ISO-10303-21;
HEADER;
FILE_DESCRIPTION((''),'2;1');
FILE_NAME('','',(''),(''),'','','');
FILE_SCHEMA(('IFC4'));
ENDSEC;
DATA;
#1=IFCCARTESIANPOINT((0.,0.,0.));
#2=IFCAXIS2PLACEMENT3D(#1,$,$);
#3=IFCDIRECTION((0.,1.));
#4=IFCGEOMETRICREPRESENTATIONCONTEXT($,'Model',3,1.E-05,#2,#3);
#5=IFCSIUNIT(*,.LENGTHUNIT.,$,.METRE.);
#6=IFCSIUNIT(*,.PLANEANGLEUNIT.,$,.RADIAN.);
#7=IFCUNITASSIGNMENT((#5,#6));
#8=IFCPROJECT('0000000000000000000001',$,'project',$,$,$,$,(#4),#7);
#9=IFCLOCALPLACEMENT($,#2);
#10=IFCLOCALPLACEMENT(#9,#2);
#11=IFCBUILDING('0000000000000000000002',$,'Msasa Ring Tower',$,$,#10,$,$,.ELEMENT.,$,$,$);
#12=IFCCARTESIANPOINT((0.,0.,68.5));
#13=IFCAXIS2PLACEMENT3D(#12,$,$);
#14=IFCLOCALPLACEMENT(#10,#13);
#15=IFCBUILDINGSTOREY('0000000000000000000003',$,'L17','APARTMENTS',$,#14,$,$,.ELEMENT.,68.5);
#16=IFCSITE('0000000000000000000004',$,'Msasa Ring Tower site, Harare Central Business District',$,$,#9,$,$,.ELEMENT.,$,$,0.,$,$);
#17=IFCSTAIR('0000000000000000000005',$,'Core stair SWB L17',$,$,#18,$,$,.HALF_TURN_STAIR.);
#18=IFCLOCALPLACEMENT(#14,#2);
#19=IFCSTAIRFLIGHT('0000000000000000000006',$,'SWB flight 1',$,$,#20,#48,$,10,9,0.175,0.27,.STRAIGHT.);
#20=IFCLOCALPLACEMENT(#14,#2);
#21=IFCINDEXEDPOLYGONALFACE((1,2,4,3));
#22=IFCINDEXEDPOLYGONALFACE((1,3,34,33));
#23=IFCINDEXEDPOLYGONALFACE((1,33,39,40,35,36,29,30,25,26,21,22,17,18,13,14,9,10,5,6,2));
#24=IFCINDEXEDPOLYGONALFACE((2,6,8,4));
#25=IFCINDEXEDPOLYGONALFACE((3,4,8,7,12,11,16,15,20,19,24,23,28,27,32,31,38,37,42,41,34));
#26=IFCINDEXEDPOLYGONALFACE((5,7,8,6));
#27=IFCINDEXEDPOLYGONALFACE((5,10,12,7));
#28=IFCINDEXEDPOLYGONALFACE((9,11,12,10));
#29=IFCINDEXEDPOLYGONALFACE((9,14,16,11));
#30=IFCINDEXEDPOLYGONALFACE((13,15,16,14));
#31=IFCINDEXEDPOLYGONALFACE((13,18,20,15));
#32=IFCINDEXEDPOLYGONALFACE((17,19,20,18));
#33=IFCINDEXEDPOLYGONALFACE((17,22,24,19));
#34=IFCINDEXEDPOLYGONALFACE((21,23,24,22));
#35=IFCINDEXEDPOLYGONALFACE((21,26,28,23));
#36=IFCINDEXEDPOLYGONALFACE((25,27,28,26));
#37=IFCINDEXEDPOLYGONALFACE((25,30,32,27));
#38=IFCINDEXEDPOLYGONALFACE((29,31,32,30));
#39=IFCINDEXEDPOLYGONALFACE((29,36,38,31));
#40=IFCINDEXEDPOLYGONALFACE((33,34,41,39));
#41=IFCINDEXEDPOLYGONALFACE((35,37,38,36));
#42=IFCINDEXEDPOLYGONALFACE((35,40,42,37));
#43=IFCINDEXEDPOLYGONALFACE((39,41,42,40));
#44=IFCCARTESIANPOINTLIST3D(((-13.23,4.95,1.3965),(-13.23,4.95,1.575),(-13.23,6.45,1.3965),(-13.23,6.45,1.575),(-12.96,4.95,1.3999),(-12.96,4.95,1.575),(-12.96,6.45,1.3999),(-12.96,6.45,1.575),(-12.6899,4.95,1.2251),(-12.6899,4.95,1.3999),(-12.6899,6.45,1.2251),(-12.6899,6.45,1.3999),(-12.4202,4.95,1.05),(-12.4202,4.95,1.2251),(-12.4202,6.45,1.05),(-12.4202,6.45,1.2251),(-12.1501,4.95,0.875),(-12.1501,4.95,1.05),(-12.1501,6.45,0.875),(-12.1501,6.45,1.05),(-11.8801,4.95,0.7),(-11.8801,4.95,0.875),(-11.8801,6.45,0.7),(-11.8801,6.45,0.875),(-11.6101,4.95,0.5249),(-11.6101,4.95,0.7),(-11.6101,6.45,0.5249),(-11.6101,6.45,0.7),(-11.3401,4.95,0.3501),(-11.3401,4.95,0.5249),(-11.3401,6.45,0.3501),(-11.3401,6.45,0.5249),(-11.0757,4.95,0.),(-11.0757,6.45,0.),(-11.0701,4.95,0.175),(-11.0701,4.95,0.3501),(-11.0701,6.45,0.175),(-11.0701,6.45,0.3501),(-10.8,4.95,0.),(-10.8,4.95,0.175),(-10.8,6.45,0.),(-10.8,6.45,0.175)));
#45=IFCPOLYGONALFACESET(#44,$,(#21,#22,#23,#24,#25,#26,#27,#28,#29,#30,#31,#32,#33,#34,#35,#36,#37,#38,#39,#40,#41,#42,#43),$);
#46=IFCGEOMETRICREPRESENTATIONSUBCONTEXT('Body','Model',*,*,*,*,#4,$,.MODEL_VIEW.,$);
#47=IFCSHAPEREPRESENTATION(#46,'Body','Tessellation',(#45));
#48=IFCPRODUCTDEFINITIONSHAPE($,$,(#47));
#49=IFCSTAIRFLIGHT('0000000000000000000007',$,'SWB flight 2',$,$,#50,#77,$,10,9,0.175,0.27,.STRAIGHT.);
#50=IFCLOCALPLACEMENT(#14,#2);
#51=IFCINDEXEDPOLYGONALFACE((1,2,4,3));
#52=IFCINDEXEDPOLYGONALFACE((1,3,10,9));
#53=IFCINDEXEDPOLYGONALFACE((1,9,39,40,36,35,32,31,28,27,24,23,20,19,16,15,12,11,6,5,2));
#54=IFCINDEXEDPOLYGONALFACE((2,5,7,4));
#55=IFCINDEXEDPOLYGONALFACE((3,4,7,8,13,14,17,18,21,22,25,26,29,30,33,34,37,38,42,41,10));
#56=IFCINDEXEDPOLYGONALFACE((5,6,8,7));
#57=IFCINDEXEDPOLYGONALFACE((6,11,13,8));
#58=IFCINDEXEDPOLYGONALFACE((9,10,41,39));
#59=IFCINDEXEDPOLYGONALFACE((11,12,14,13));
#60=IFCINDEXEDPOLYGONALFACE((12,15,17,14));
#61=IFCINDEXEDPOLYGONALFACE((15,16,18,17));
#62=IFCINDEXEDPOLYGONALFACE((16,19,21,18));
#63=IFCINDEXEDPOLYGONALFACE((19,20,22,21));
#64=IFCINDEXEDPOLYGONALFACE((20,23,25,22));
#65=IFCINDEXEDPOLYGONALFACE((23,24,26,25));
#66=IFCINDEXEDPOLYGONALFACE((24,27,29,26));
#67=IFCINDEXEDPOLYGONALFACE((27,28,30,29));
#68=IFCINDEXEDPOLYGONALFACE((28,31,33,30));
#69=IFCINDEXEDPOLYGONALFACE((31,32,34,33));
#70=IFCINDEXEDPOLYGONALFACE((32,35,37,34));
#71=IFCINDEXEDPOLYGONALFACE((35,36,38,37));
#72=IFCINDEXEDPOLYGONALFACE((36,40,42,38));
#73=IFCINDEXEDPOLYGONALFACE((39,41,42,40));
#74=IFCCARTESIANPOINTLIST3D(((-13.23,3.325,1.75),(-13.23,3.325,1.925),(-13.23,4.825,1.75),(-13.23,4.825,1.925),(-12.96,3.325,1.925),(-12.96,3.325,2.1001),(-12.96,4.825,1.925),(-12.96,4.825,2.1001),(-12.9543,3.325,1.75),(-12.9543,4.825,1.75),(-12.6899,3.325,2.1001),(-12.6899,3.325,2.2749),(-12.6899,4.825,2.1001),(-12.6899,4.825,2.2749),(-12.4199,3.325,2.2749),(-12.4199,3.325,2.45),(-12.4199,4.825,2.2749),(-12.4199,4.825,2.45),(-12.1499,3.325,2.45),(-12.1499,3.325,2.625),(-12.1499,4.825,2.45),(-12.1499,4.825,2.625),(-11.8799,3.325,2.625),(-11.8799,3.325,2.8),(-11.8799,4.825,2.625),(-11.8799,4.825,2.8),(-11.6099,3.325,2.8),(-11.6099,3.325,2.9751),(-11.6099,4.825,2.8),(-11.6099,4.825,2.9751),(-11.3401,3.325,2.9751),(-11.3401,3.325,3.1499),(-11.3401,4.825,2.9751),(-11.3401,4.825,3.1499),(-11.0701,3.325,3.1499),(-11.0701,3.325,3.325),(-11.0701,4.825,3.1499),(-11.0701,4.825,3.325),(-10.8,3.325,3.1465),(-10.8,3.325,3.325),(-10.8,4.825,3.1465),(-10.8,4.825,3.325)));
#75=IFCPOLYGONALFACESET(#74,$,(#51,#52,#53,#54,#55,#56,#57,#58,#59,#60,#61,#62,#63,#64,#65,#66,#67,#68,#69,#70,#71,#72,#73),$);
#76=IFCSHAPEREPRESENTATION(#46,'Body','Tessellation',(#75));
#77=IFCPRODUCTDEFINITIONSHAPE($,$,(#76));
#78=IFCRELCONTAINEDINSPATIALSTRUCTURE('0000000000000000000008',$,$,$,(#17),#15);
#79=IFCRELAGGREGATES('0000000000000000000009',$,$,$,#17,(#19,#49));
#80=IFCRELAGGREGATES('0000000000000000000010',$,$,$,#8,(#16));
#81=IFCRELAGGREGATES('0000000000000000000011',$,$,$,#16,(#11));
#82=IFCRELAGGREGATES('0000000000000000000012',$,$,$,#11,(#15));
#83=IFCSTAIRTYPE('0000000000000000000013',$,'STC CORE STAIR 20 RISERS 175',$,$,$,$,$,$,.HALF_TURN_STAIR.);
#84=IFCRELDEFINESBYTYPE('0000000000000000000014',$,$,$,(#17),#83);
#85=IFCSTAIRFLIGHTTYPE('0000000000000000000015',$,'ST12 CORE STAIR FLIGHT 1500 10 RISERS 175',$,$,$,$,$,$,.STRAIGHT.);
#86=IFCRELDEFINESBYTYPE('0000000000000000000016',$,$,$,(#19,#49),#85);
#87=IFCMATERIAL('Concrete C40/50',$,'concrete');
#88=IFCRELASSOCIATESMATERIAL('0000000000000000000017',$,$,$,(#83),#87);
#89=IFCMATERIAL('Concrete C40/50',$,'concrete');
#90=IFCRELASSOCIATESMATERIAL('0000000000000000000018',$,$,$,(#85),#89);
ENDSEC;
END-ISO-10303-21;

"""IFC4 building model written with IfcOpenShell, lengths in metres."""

from ifc_helpers import new_model, si_unit, direction, frame, origin, place, context, subcontext, project, spatial, polyline, outline, extrude, material, type_object, element, aggregate, save


model = new_model("IFC4")

# Units and contexts
model_context = context("Model", 3, precision=1e-05, world=origin(), true_north=direction((0.0, 1.0)))
body_context = subcontext(model_context, "Body", "Model", "MODEL_VIEW")
ifc_project = project(units=[si_unit("LENGTHUNIT", "METRE"), si_unit("PLANEANGLEUNIT", "RADIAN")], contexts=[model_context])

# Site, building, storey
site_placement = place(None, origin())
site = spatial("IfcSite", under=ifc_project, at=site_placement, Name="Msasa Ring Tower site, Harare Central Business District", CompositionType="ELEMENT", RefElevation=0.0)
building_placement = place(site_placement, origin())
building = spatial("IfcBuilding", under=site, at=building_placement, Name="Msasa Ring Tower", CompositionType="ELEMENT")
storey_placement = place(building_placement, frame((0.0, 0.0, 68.5)))
storey = spatial("IfcBuildingStorey", under=building, at=storey_placement, Name="L17", Description="APARTMENTS", CompositionType="ELEMENT", Elevation=68.5)

# Stair, stair flights
ifc_material_1 = material(Name="Concrete C40/50", Category="concrete")
stair_type = type_object("IfcStairType", Name="STC CORE STAIR 20 RISERS 175", PredefinedType="HALF_TURN_STAIR", material=ifc_material_1)
stair_placement = place(storey_placement, origin())
stair = element("IfcStair", 1, at=stair_placement, inside=storey, type_object=stair_type, Name="Core stair SWB L17", PredefinedType="HALF_TURN_STAIR")
ifc_material_2 = material(Name="Concrete C40/50", Category="concrete")
stair_flight_type = type_object("IfcStairFlightType", Name="ST12 CORE STAIR FLIGHT 1500 10 RISERS 175", PredefinedType="STRAIGHT", material=ifc_material_2)
stair_flight_1_placement = place(storey_placement, frame((-10.8, 5.7, 0.0), z_axis=(0.0, 0.0, 1.0), x_axis=(-1.0, 0.0, 0.0)))
stair_flight_1 = element("IfcStairFlight", 2, at=stair_flight_1_placement, type_object=stair_flight_type, Name="SWB flight 1", NumberOfRisers=10, NumberOfTreads=9, PredefinedType="STRAIGHT", RiserHeight=0.175, TreadLength=0.27, context=body_context, shape_type="SweptSolid", body=[
    extrude(outline(polyline([(0.0, 0.0), (0.0, 0.175), (0.27, 0.175), (0.27, 0.3501), (0.54, 0.3501), (0.54, 0.5249), (0.8101, 0.5249), (0.8101, 0.7), (1.0801, 0.7), (1.0801, 0.875), (1.3501, 0.875), (1.3501, 1.05), (1.6201, 1.05), (1.6201, 1.2251), (1.8899, 1.2251), (1.8899, 1.3999), (2.1599, 1.3999), (2.1599, 1.575), (2.4299, 1.575), (2.4299, 1.75), (2.4299, 1.3965), (0.2756, 0.0), (0.0, 0.0)])), frame((0.0, 0.75, 0.0), z_axis=(0.0, -1.0, 0.0), x_axis=(1.0, 0.0, 0.0)), (0.0, 0.0, 1.0), 1.5),
])
stair_flight_2_placement = place(storey_placement, frame((-13.23, 4.075, 1.75), z_axis=(0.0, 0.0, 1.0), x_axis=(1.0, 0.0, 0.0)))
stair_flight_2 = element("IfcStairFlight", 3, at=stair_flight_2_placement, type_object=stair_flight_type, Name="SWB flight 2", NumberOfRisers=10, NumberOfTreads=9, PredefinedType="STRAIGHT", RiserHeight=0.175, TreadLength=0.27, context=body_context, shape_type="SweptSolid", body=[
    extrude(outline(polyline([(0.0, 0.0), (0.0, 0.175), (0.27, 0.175), (0.27, 0.3501), (0.54, 0.3501), (0.54, 0.5249), (0.8101, 0.5249), (0.8101, 0.7), (1.0801, 0.7), (1.0801, 0.875), (1.3501, 0.875), (1.3501, 1.05), (1.6201, 1.05), (1.6201, 1.2251), (1.8899, 1.2251), (1.8899, 1.3999), (2.1599, 1.3999), (2.1599, 1.575), (2.4299, 1.575), (2.4299, 1.75), (2.4299, 1.3965), (0.2756, 0.0), (0.0, 0.0)])), frame((0.0, 0.75, 0.0), z_axis=(0.0, -1.0, 0.0), x_axis=(1.0, 0.0, 0.0)), (0.0, 0.0, 1.0), 1.5),
])
aggregate(stair, [stair_flight_1, stair_flight_2])

save(model, "model.ifc")
